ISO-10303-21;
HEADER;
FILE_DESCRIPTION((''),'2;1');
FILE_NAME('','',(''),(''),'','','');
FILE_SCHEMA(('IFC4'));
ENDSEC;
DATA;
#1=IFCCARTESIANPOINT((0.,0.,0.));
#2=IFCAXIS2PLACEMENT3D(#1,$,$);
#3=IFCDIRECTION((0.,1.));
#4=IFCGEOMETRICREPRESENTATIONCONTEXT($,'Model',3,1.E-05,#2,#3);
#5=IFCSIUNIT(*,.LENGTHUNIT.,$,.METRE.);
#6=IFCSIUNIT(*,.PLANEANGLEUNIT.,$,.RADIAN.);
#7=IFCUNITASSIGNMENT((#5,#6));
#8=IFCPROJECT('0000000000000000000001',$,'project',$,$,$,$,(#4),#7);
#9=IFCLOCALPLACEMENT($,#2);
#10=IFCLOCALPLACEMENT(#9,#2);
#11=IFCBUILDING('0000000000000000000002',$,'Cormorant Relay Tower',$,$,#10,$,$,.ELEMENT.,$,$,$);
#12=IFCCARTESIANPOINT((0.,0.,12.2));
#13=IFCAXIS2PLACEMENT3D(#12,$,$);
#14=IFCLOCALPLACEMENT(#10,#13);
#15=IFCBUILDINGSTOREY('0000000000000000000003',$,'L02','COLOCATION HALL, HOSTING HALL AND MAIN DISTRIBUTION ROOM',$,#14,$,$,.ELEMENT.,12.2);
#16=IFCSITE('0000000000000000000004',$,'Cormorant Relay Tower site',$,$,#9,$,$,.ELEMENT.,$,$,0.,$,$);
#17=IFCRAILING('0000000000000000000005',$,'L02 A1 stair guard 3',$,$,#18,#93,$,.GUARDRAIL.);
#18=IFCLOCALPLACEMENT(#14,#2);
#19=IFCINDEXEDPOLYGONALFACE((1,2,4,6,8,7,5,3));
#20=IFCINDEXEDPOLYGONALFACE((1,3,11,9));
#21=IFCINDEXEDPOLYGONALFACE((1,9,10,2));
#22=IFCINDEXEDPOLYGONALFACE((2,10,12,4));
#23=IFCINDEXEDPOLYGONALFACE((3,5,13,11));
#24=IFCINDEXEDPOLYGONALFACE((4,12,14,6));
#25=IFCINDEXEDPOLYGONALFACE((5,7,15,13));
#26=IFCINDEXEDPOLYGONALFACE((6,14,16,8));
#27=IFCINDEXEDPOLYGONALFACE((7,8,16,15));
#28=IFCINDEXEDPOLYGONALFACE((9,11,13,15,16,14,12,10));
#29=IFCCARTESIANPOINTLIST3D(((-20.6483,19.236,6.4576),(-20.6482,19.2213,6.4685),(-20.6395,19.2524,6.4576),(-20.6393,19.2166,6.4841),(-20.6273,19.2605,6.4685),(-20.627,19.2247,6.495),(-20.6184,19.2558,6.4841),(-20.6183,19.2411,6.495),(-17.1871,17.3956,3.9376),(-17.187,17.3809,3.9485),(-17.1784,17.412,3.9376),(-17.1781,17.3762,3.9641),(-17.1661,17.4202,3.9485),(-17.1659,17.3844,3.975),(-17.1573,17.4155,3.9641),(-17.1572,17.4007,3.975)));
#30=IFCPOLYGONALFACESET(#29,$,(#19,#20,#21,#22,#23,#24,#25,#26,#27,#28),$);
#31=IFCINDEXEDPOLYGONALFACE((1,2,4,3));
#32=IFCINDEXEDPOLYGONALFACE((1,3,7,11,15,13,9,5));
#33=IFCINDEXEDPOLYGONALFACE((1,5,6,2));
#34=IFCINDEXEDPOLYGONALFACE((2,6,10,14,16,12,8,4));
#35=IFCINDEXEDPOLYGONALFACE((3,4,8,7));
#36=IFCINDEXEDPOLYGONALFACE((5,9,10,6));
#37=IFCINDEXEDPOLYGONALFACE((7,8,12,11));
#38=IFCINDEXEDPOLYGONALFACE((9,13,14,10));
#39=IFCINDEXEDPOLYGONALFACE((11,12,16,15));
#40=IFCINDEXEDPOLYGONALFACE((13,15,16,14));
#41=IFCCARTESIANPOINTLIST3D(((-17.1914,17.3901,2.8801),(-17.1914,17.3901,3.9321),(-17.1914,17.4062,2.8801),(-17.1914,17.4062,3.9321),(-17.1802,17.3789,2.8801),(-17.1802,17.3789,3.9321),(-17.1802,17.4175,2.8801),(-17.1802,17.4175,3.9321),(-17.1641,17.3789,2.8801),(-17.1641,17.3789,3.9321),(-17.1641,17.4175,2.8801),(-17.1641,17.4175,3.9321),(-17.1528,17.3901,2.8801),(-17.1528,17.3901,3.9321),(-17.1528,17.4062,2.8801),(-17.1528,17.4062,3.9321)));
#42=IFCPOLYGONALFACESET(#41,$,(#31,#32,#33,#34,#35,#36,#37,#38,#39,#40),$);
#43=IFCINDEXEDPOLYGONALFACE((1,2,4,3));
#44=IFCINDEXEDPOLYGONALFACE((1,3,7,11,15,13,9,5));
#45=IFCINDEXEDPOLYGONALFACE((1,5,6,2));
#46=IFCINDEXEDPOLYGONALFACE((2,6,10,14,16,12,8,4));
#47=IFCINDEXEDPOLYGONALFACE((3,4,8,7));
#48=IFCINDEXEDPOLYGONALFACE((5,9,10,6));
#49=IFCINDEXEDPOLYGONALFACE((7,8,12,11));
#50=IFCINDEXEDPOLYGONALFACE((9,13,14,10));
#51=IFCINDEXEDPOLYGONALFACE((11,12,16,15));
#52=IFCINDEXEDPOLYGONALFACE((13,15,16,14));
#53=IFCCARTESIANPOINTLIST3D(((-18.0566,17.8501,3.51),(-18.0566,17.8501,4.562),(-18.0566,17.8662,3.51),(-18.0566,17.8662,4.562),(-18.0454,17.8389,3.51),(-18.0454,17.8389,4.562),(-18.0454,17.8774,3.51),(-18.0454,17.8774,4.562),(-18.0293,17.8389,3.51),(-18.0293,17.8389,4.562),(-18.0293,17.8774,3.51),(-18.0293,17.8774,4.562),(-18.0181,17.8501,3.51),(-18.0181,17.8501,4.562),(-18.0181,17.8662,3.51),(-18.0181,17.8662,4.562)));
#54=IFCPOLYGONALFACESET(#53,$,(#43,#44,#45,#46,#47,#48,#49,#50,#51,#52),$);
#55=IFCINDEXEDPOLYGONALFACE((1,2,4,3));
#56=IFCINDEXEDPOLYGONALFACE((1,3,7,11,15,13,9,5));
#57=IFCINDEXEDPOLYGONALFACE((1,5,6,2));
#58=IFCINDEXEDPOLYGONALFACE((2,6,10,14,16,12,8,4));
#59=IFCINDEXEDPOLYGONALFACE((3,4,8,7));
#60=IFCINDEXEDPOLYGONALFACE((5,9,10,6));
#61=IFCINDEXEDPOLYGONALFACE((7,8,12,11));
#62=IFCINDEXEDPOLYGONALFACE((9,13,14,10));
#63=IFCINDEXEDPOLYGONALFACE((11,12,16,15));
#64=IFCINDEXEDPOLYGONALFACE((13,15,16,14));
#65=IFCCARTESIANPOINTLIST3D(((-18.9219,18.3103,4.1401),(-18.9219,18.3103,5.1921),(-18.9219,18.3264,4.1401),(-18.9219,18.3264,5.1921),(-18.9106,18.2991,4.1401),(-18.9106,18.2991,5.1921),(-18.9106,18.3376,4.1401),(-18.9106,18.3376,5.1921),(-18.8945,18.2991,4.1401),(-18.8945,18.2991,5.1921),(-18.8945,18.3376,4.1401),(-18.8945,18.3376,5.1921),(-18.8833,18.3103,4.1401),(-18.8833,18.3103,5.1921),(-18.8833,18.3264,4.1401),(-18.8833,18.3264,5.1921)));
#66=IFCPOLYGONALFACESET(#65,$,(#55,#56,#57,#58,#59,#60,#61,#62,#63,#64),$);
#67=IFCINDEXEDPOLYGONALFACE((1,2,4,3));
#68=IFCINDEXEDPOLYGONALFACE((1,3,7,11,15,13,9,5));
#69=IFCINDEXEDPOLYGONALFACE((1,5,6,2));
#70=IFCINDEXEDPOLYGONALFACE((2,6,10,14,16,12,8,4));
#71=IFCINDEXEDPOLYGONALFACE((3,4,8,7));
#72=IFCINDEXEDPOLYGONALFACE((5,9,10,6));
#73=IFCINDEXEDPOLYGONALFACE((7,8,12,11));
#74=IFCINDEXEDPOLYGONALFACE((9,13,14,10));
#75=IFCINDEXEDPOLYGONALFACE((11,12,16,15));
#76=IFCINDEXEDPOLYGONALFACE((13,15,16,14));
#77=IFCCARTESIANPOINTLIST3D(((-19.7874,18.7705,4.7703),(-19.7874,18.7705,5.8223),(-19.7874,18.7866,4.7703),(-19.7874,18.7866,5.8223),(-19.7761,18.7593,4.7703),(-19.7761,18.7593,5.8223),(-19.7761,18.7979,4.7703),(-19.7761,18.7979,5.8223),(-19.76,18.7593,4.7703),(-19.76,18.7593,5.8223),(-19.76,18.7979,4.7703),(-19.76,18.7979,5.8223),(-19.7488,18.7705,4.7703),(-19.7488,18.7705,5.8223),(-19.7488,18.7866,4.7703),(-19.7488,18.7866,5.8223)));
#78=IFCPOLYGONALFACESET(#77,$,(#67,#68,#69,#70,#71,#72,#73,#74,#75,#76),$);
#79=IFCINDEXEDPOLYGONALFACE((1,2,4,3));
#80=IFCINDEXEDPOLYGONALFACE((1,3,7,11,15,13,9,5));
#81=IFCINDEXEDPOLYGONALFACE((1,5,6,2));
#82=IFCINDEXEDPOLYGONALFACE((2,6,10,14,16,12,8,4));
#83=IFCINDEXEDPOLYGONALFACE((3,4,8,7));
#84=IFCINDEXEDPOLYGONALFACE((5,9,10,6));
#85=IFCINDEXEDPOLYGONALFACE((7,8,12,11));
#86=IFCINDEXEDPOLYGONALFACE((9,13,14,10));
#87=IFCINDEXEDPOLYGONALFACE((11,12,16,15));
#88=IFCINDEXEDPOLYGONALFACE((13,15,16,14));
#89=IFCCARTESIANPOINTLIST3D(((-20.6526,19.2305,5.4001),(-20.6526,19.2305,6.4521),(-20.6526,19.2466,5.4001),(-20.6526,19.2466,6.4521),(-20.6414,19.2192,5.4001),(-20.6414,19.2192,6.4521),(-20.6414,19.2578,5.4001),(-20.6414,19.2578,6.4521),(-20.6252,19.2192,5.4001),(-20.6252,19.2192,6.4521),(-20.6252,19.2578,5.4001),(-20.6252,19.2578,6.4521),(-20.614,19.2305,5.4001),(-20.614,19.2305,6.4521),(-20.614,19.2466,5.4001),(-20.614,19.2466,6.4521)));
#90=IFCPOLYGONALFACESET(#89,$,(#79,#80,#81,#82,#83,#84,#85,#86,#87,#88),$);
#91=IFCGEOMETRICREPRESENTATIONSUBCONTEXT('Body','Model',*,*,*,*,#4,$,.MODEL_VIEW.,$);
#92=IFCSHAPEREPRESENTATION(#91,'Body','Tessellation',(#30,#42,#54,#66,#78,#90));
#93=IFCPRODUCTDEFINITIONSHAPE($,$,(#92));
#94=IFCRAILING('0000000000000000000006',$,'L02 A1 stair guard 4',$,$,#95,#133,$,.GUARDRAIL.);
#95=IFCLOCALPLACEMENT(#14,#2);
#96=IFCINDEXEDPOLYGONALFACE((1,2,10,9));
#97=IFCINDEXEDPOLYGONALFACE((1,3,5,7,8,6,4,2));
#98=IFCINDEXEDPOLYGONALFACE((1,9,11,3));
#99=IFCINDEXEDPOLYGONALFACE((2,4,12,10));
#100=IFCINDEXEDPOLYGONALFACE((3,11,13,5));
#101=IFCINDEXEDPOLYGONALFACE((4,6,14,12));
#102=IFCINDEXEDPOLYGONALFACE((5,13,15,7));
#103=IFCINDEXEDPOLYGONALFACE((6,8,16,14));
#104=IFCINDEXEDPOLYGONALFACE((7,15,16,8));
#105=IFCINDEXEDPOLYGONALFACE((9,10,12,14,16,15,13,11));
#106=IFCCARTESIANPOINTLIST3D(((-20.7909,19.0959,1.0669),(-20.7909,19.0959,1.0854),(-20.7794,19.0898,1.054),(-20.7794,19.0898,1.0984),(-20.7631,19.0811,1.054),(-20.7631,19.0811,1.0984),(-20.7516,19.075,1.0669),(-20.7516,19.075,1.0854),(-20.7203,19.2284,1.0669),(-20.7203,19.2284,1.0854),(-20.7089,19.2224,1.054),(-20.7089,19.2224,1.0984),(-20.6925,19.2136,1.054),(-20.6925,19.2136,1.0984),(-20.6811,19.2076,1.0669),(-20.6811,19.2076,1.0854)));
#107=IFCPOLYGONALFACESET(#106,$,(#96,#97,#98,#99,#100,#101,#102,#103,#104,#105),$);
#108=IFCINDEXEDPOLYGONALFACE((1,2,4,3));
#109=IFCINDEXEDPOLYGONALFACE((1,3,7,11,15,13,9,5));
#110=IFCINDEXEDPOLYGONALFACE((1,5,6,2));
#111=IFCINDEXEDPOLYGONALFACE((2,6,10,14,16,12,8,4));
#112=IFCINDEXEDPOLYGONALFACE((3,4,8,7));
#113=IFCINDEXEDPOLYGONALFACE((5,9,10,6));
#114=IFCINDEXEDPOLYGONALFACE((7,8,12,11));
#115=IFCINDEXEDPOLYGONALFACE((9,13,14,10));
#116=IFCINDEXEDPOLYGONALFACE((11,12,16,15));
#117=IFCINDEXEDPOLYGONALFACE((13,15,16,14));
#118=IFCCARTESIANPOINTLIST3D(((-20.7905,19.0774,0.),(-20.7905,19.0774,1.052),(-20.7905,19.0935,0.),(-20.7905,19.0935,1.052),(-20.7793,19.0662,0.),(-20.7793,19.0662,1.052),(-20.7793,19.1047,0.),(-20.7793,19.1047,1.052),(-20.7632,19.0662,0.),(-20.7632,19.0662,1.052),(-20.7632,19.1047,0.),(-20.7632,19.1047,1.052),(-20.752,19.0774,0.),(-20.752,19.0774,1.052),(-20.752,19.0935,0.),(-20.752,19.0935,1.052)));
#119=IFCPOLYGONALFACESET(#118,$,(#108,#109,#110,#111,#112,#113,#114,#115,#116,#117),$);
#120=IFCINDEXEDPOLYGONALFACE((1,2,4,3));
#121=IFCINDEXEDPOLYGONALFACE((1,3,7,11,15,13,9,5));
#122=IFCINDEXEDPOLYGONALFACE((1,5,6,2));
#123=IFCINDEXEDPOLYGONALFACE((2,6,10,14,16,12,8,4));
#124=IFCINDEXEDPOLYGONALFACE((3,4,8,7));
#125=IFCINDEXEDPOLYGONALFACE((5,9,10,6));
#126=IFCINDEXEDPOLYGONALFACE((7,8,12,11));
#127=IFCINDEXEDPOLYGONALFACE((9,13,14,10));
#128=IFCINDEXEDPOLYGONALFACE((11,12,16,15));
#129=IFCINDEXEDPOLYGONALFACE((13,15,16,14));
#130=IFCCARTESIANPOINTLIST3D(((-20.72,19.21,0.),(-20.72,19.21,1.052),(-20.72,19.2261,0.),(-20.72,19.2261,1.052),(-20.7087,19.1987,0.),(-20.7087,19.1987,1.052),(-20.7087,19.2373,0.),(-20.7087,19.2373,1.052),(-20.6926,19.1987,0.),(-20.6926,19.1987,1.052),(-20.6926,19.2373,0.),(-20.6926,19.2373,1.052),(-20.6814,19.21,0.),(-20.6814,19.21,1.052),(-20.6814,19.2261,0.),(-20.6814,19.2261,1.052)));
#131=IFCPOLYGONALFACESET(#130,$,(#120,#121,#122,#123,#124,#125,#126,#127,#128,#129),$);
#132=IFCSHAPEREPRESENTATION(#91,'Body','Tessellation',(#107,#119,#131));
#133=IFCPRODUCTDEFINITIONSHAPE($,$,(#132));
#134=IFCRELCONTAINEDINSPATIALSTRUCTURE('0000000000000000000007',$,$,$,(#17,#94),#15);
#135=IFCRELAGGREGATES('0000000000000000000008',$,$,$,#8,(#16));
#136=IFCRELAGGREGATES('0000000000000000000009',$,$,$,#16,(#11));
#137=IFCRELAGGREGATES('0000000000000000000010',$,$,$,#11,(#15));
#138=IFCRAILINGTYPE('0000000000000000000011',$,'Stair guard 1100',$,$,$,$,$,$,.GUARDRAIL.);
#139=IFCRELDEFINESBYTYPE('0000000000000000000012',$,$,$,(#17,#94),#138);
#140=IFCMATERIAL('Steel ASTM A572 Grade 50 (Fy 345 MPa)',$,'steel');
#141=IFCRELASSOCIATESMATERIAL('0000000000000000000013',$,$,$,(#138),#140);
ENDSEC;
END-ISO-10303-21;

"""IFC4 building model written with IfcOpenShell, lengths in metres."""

from ifc_helpers import new_model, si_unit, direction, frame, origin, place, context, subcontext, project, spatial, polyline, outline, extrude, material, type_object, element, save


model = new_model("IFC4")

# Units and contexts
model_context = context("Model", 3, precision=1e-05, world=origin(), true_north=direction((0.0, 1.0)))
body_context = subcontext(model_context, "Body", "Model", "MODEL_VIEW")
ifc_project = project(units=[si_unit("LENGTHUNIT", "METRE"), si_unit("PLANEANGLEUNIT", "RADIAN")], contexts=[model_context])

# Site, building, storey
site_placement = place(None, origin())
site = spatial("IfcSite", under=ifc_project, at=site_placement, Name="Cormorant Relay Tower site", CompositionType="ELEMENT", RefElevation=0.0)
building_placement = place(site_placement, origin())
building = spatial("IfcBuilding", under=site, at=building_placement, Name="Cormorant Relay Tower", CompositionType="ELEMENT")
storey_placement = place(building_placement, frame((0.0, 0.0, 12.2)))
storey = spatial("IfcBuildingStorey", under=building, at=storey_placement, Name="L02", Description="COLOCATION HALL, HOSTING HALL AND MAIN DISTRIBUTION ROOM", CompositionType="ELEMENT", Elevation=12.2)

# Railings
ifc_material_1 = material(Name="Steel ASTM A572 Grade 50 (Fy 345 MPa)", Category="steel")
railing_type_1 = type_object("IfcRailingType", Name="Stair guard 1100", PredefinedType="GUARDRAIL", material=ifc_material_1)
railing_1_placement = place(storey_placement, frame((-17.1721, 17.3982, 2.8801)))
element("IfcRailing", 1, at=railing_1_placement, inside=storey, type_object=railing_type_1, Name="L02 A1 stair guard 3", PredefinedType="GUARDRAIL", context=body_context, shape_type="SweptSolid", body=[
    extrude(outline(polyline([(0.0222, 0.0093), (0.0093, 0.0222), (-0.0093, 0.0222), (-0.0222, 0.0093), (-0.0222, -0.0093), (-0.0093, -0.0222), (0.0093, -0.0222), (0.0222, -0.0093), (0.0222, 0.0093)])), frame((0.0, 0.0, 1.0762), z_axis=(-0.742717, 0.394907, 0.540758), x_axis=(-0.469469, -0.882949, 0.0)), (0.0, 0.0, 1.0), 4.6602),
    extrude(outline(polyline([(0.0193, 0.0081), (0.0081, 0.0193), (-0.0081, 0.0193), (-0.0193, 0.0081), (-0.0193, -0.0081), (-0.0081, -0.0193), (0.0081, -0.0193), (0.0193, -0.0081), (0.0193, 0.0081)])), origin(), (0.0, 0.0, 1.0), 1.052),
    extrude(outline(polyline([(0.0193, 0.0081), (0.0081, 0.0193), (-0.0081, 0.0193), (-0.0193, 0.0081), (-0.0193, -0.0081), (-0.0081, -0.0193), (0.0081, -0.0193), (0.0193, -0.0081), (0.0193, 0.0081)])), frame((-0.8652, 0.46, 0.6299)), (0.0, 0.0, 1.0), 1.052),
    extrude(outline(polyline([(0.0193, 0.0081), (0.0081, 0.0193), (-0.0081, 0.0193), (-0.0193, 0.0081), (-0.0193, -0.0081), (-0.0081, -0.0193), (0.0081, -0.0193), (0.0193, -0.0081), (0.0193, 0.0081)])), frame((-1.7305, 0.9202, 1.26)), (0.0, 0.0, 1.0), 1.052),
    extrude(outline(polyline([(0.0193, 0.0081), (0.0081, 0.0193), (-0.0081, 0.0193), (-0.0193, 0.0081), (-0.0193, -0.0081), (-0.0081, -0.0193), (0.0081, -0.0193), (0.0193, -0.0081), (0.0193, 0.0081)])), frame((-2.5959, 1.3804, 1.8901)), (0.0, 0.0, 1.0), 1.052),
    extrude(outline(polyline([(0.0193, 0.0081), (0.0081, 0.0193), (-0.0081, 0.0193), (-0.0193, 0.0081), (-0.0193, -0.0081), (-0.0081, -0.0193), (0.0081, -0.0193), (0.0193, -0.0081), (0.0193, 0.0081)])), frame((-3.4612, 1.8403, 2.52)), (0.0, 0.0, 1.0), 1.052),
])
railing_2_placement = place(storey_placement, frame((-20.7712, 19.0854, 0.0)))
element("IfcRailing", 2, at=railing_2_placement, inside=storey, type_object=railing_type_1, Name="L02 A1 stair guard 4", PredefinedType="GUARDRAIL", context=body_context, shape_type="SweptSolid", body=[
    extrude(outline(polyline([(0.0222, 0.0093), (0.0093, 0.0222), (-0.0093, 0.0222), (-0.0222, 0.0093), (-0.0222, -0.0093), (-0.0093, -0.0222), (0.0093, -0.0222), (0.0222, -0.0093), (0.0222, 0.0093)])), frame((0.0, 0.0, 1.0762), z_axis=(0.469829, 0.882758, 0.0), x_axis=(-0.882758, 0.469829, 0.0)), (0.0, 0.0, 1.0), 0.1501),
    extrude(outline(polyline([(0.0193, 0.0081), (0.0081, 0.0193), (-0.0081, 0.0193), (-0.0193, 0.0081), (-0.0193, -0.0081), (-0.0081, -0.0193), (0.0081, -0.0193), (0.0193, -0.0081), (0.0193, 0.0081)])), origin(), (0.0, 0.0, 1.0), 1.052),
    extrude(outline(polyline([(0.0193, 0.0081), (0.0081, 0.0193), (-0.0081, 0.0193), (-0.0193, 0.0081), (-0.0193, -0.0081), (-0.0081, -0.0193), (0.0081, -0.0193), (0.0193, -0.0081), (0.0193, 0.0081)])), frame((0.0706, 0.1326, 0.0)), (0.0, 0.0, 1.0), 1.052),
])

save(model, "model.ifc")
